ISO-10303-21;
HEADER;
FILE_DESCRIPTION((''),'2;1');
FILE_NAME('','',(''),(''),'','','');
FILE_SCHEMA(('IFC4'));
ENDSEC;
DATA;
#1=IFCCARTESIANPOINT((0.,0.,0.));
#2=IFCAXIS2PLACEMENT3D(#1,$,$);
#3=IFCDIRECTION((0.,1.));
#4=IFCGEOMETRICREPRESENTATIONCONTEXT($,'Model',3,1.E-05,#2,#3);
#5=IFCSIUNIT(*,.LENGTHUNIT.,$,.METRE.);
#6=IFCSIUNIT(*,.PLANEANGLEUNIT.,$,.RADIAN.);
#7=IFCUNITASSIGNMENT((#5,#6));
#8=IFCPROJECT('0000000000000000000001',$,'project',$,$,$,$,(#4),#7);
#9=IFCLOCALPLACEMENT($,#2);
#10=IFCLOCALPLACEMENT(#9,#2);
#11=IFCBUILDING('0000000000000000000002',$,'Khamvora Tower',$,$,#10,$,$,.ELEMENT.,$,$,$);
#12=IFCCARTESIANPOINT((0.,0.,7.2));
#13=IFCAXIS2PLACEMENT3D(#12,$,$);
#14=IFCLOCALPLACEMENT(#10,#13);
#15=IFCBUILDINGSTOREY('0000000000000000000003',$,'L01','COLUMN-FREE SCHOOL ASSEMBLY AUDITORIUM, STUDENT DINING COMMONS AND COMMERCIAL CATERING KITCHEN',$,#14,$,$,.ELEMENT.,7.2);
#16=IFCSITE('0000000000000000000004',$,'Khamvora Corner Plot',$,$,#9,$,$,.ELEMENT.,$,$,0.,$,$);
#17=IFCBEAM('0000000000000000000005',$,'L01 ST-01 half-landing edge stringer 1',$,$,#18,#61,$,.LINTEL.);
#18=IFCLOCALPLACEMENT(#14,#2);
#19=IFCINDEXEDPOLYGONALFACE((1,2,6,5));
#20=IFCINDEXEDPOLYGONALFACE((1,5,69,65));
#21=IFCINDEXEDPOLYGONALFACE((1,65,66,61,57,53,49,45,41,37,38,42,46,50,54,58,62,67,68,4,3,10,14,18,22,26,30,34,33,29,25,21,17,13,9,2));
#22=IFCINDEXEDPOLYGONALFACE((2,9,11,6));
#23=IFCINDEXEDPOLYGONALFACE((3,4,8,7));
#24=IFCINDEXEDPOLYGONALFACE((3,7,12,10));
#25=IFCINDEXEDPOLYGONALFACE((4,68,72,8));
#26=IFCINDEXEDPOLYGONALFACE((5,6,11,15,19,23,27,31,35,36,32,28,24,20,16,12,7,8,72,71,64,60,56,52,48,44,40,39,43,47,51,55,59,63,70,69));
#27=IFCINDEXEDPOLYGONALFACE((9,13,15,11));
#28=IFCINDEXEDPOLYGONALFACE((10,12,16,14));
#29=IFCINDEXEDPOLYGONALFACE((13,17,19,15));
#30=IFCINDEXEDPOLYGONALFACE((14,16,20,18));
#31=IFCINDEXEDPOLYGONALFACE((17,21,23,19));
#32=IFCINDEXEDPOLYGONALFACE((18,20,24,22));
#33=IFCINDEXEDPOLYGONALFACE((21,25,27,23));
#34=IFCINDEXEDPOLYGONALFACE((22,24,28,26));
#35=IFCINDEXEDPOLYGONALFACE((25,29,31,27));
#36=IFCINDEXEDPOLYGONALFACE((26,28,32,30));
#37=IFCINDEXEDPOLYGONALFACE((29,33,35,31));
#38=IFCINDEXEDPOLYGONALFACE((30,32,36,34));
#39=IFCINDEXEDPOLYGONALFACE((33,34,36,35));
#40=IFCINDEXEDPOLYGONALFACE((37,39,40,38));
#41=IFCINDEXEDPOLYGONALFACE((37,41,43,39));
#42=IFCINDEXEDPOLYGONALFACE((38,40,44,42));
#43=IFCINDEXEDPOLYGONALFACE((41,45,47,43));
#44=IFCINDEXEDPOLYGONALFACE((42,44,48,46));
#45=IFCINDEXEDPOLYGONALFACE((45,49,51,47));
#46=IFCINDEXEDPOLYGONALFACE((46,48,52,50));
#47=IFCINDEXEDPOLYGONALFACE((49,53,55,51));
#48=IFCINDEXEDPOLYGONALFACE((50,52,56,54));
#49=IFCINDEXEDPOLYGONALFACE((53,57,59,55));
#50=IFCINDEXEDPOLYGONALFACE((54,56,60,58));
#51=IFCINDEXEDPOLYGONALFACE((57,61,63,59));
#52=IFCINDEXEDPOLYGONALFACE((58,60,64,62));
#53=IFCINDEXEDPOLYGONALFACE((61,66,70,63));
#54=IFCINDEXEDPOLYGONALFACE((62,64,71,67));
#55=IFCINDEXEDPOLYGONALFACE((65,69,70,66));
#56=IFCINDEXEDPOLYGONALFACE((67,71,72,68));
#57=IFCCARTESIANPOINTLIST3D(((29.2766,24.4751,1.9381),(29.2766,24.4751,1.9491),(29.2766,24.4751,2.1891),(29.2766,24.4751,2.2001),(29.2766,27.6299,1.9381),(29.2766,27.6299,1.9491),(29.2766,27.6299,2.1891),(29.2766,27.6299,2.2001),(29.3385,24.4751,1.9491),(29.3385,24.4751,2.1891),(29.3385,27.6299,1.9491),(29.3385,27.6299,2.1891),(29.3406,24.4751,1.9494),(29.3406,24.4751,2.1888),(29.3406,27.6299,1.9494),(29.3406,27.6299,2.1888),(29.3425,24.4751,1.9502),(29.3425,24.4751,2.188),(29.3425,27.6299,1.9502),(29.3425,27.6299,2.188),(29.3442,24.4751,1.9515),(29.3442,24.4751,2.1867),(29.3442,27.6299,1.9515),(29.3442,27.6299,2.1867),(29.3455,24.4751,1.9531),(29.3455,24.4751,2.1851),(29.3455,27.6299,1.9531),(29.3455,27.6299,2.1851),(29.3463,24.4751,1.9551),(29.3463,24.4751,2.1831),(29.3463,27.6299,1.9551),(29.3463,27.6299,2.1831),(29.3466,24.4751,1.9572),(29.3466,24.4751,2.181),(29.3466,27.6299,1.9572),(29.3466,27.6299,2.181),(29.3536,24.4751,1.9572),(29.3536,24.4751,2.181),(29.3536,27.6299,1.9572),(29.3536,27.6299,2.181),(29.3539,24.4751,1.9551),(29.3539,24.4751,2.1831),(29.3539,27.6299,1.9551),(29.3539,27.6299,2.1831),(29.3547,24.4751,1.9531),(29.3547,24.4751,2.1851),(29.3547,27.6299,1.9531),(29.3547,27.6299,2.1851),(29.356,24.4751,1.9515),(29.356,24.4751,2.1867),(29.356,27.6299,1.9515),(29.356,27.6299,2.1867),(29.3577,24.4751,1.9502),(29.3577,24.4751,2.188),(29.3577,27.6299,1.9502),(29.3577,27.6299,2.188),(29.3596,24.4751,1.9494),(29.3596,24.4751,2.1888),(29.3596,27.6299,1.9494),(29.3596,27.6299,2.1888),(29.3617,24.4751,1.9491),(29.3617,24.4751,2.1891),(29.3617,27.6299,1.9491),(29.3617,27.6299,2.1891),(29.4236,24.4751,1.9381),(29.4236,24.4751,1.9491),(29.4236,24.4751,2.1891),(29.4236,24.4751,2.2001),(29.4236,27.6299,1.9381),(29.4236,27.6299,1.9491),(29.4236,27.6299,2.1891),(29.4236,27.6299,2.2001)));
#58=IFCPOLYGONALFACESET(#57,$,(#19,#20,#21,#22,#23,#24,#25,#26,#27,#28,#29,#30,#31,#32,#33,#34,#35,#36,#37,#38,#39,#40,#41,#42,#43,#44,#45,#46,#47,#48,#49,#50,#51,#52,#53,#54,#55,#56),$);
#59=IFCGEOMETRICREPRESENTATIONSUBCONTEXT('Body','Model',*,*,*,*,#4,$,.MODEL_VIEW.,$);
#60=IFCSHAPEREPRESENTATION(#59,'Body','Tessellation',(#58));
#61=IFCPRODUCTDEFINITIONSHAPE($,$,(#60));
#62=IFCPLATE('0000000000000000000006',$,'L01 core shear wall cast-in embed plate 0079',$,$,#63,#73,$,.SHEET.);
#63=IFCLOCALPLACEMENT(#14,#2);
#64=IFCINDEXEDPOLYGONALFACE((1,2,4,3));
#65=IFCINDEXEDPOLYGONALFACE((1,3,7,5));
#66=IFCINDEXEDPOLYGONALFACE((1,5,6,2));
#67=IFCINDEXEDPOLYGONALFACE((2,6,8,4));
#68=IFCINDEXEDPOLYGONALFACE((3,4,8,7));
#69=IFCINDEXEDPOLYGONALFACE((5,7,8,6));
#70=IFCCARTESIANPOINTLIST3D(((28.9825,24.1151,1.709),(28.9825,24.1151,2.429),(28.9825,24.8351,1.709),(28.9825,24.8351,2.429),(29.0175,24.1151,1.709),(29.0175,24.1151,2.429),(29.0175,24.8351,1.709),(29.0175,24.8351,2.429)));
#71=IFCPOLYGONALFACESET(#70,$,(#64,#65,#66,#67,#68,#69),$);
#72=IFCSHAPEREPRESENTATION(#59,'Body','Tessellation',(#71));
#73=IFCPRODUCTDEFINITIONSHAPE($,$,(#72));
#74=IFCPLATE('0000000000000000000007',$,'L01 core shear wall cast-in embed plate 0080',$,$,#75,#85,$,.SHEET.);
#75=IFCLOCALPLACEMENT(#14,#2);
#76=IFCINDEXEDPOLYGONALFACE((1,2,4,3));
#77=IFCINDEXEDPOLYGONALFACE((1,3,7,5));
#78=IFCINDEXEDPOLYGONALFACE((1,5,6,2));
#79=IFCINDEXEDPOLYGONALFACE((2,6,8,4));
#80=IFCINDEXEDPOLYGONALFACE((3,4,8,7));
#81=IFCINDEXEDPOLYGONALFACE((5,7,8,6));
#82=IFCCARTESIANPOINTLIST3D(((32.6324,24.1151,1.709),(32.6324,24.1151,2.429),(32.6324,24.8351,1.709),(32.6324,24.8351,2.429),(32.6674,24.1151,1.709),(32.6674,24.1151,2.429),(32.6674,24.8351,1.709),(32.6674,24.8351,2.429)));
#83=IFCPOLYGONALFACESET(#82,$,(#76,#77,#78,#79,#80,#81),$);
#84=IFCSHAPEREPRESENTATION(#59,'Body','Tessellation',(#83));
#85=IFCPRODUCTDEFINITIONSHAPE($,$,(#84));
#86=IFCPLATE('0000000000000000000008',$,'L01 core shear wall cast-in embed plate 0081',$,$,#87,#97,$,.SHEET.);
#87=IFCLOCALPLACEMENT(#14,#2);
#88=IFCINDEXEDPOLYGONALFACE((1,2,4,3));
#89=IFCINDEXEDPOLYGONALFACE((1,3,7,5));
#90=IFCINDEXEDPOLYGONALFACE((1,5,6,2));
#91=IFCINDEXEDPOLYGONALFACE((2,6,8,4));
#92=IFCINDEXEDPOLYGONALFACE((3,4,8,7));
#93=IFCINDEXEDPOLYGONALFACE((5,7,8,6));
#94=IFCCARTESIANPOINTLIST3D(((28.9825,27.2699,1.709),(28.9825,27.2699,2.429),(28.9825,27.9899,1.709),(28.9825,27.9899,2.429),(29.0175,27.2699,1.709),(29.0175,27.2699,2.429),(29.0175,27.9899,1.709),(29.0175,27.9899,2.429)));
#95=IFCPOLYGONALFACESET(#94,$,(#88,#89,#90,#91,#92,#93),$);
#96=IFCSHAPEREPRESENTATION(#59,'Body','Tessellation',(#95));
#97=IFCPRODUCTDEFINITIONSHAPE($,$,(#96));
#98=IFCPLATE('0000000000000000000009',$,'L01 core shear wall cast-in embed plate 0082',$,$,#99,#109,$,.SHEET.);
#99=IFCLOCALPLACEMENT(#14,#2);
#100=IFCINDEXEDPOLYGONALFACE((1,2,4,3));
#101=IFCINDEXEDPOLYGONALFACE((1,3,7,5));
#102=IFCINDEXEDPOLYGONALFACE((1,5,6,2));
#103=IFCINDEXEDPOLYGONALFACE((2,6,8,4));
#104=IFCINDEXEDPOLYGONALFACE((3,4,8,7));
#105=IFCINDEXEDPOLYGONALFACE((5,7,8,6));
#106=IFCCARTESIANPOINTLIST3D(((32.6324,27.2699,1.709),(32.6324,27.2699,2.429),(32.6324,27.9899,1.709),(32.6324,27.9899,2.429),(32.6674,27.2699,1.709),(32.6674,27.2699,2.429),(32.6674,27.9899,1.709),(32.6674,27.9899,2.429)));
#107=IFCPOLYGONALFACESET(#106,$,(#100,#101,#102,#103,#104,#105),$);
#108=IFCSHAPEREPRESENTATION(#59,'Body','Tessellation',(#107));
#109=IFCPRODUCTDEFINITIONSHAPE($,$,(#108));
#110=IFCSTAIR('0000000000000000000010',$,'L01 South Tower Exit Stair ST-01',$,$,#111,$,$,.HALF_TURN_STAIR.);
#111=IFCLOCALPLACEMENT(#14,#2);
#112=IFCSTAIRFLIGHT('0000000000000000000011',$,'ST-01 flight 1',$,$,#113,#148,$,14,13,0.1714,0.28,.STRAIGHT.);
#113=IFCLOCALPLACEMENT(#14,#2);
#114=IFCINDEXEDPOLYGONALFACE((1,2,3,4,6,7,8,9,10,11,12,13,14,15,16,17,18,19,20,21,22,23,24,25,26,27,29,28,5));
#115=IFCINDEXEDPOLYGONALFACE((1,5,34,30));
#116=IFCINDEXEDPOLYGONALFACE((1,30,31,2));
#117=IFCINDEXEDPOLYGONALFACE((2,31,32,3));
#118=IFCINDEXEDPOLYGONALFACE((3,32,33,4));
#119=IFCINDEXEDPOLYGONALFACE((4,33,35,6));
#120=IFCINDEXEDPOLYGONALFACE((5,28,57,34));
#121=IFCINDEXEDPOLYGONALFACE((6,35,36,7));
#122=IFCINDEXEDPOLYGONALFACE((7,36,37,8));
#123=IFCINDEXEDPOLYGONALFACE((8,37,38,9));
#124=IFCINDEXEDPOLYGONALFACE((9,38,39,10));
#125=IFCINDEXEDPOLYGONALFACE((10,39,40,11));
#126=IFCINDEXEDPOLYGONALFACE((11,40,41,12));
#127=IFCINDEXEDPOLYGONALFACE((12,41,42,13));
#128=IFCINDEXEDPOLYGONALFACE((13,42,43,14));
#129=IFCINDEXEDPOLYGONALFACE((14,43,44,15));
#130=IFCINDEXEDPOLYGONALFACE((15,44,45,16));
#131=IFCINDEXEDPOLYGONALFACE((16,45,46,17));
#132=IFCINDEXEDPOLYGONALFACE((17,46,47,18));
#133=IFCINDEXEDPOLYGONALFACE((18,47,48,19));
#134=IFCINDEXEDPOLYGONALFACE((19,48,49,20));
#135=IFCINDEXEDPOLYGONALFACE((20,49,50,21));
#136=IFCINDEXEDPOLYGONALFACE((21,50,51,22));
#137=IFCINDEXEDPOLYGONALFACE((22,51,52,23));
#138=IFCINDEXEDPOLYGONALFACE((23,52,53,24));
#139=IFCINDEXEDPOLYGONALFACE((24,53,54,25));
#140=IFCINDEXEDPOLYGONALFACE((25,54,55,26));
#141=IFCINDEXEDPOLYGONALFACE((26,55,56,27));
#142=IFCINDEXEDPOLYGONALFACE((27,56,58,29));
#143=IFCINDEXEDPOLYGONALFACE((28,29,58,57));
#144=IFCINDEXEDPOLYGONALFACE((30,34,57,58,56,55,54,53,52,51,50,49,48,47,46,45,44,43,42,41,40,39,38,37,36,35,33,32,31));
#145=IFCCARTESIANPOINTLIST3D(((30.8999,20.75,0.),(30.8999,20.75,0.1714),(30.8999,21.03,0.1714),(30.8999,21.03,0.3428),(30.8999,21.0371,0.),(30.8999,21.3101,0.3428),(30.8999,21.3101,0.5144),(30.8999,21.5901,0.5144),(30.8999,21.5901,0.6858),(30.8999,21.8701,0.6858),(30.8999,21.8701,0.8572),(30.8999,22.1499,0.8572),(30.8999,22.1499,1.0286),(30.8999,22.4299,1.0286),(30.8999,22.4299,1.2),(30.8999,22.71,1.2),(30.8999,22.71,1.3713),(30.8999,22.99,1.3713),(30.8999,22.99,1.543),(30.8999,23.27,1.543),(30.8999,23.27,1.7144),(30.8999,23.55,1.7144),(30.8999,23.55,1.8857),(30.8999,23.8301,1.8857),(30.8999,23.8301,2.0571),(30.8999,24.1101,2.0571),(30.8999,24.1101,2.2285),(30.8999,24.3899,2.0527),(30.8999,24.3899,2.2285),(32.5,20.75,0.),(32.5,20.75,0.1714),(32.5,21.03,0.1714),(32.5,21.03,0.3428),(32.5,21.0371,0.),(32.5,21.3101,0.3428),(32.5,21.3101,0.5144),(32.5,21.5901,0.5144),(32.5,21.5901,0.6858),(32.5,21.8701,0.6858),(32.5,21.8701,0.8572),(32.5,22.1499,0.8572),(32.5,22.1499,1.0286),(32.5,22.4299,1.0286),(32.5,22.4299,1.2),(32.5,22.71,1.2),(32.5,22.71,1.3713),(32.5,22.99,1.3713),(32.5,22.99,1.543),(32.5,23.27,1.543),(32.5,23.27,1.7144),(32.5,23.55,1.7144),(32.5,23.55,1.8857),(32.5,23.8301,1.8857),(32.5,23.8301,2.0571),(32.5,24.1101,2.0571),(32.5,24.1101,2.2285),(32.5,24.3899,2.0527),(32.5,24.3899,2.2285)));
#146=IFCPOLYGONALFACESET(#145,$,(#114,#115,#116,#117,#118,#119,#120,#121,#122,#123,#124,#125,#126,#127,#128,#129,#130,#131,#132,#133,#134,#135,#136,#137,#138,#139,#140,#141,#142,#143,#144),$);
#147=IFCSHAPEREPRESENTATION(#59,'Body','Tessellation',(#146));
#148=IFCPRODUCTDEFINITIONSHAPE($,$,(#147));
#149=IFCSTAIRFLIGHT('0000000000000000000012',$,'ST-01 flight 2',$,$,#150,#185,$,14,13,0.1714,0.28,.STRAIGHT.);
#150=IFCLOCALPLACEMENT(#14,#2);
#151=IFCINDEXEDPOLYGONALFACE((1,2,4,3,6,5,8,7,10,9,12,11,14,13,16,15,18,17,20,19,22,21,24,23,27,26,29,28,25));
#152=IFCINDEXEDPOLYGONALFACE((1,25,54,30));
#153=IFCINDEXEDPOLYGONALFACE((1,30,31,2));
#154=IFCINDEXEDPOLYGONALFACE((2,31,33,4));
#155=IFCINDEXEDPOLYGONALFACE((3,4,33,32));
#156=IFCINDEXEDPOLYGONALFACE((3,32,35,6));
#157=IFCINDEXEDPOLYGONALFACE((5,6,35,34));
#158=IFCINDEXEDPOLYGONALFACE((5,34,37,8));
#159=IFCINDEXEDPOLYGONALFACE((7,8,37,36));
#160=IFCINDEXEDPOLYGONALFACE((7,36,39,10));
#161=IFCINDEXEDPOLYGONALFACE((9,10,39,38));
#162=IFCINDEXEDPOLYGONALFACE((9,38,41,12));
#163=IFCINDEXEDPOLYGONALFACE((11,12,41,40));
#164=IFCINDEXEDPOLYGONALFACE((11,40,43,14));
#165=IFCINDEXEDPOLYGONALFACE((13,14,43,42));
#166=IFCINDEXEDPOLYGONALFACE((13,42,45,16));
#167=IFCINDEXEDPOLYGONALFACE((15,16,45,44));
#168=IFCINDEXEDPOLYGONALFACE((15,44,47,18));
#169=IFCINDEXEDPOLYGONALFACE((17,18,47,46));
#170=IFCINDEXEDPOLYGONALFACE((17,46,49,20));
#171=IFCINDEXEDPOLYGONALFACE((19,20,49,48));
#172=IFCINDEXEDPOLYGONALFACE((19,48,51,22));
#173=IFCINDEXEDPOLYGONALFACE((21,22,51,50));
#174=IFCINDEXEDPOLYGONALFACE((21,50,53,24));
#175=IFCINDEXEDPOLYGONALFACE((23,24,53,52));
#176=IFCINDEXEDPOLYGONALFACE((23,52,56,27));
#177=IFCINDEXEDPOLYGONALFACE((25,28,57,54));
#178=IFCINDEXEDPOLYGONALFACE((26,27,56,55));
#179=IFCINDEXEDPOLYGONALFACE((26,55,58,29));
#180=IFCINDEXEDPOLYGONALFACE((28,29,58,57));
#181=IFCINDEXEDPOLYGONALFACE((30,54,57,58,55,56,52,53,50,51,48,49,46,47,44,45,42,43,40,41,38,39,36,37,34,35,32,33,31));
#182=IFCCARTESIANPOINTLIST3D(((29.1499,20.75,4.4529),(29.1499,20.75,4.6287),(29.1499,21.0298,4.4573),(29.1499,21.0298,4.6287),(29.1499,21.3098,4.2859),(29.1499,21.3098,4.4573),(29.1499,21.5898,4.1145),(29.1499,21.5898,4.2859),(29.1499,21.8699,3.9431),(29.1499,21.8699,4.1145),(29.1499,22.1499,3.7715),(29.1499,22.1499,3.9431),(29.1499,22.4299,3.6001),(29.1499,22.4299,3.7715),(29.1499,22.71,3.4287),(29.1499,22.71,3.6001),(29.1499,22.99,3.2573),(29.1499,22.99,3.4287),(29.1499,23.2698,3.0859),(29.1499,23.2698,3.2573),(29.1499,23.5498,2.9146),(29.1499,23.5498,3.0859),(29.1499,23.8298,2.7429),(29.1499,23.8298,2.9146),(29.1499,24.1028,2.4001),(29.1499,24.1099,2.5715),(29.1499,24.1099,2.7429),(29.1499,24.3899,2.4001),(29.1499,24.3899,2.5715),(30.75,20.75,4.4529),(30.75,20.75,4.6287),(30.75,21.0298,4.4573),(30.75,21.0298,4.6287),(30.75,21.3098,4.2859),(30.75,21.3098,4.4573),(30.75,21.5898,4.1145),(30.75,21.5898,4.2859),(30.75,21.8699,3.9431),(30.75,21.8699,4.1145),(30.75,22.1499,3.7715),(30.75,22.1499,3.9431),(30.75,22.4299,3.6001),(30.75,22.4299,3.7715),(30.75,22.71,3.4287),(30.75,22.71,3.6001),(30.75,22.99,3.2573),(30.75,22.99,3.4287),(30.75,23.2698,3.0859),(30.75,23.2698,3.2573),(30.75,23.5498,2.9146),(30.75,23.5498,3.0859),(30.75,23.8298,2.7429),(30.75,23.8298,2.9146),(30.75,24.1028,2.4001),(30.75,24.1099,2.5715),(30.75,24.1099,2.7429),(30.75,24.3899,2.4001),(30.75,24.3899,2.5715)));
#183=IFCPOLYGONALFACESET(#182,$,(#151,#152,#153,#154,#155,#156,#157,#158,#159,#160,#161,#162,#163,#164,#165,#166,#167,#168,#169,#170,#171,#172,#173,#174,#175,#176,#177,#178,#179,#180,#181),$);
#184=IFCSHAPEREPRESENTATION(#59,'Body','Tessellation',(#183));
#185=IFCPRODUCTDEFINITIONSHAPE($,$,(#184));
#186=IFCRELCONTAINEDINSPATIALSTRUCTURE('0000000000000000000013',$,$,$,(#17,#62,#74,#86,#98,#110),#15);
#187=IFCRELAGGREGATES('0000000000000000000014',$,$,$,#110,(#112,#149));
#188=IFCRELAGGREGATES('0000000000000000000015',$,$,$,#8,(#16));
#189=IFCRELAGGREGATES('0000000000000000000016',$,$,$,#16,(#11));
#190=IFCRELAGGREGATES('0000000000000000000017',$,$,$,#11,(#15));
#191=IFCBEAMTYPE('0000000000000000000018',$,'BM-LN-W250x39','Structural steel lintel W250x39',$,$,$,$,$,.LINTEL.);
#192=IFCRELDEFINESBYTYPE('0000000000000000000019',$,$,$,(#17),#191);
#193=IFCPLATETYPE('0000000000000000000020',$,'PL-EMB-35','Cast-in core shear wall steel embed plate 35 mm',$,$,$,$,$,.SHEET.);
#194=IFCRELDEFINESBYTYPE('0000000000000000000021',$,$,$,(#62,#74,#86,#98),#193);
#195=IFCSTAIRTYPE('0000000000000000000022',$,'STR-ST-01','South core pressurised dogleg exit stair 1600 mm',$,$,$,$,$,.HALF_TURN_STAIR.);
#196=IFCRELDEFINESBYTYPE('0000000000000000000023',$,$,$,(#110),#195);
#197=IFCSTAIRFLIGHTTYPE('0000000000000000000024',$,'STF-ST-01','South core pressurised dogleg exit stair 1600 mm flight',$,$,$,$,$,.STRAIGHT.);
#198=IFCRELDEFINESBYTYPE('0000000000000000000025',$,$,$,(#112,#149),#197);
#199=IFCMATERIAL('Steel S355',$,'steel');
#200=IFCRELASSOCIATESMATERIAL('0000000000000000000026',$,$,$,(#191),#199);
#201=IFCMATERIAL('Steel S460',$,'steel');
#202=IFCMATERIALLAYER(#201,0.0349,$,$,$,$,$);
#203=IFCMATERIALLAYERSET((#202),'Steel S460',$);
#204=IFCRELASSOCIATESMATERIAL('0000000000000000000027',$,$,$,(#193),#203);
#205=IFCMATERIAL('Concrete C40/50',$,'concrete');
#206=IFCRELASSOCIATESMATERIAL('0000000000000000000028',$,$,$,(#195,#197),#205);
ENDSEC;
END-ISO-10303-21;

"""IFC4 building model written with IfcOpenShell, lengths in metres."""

from ifc_helpers import new_model, si_unit, direction, frame, origin, origin_2d, place, context, subcontext, project, spatial, polyline, rectangle, i_section, outline, extrude, material, layer, layer_set, material_profile, profile_set, type_object, element, aggregate, save


model = new_model("IFC4")

# Units and contexts
model_context = context("Model", 3, precision=1e-05, world=origin(), true_north=direction((0.0, 1.0)))
body_context = subcontext(model_context, "Body", "Model", "MODEL_VIEW")
ifc_project = project(units=[si_unit("LENGTHUNIT", "METRE"), si_unit("PLANEANGLEUNIT", "RADIAN")], contexts=[model_context])

# Site, building, storey
site_placement = place(None, origin())
site = spatial("IfcSite", under=ifc_project, at=site_placement, Name="Khamvora Corner Plot", CompositionType="ELEMENT", RefElevation=0.0)
building_placement = place(site_placement, origin())
building = spatial("IfcBuilding", under=site, at=building_placement, Name="Khamvora Tower", CompositionType="ELEMENT")
storey_placement = place(building_placement, frame((0.0, 0.0, 7.2)))
storey = spatial("IfcBuildingStorey", under=building, at=storey_placement, Name="L01", Description="COLUMN-FREE SCHOOL ASSEMBLY AUDITORIUM, STUDENT DINING COMMONS AND COMMERCIAL CATERING KITCHEN", CompositionType="ELEMENT", Elevation=7.2)

# Beam
ifc_material_1 = material(Name="Steel S355", Category="steel")
ifc_material_profile = material_profile(ifc_material_1, i_section(OverallWidth=0.147, OverallDepth=0.262, WebThickness=0.0071, FlangeThickness=0.011, FilletRadius=0.0081, at=origin_2d()), Name="W250x39")
ifc_profile_set = profile_set([ifc_material_profile], Name="Steel S355")
beam_type = type_object("IfcBeamType", Name="BM-LN-W250x39", Description="Structural steel lintel W250x39", PredefinedType="LINTEL", material=ifc_profile_set)
beam_placement = place(storey_placement, frame((29.3501, 24.4751, 2.0691), z_axis=(0.0, 1.0, 0.0), x_axis=(-1.0, 0.0, 0.0)))
element("IfcBeam", 1, at=beam_placement, inside=storey, type_object=beam_type, Name="L01 ST-01 half-landing edge stringer 1", PredefinedType="LINTEL", context=body_context, shape_type="SweptSolid", body=[
    extrude(i_section(OverallWidth=0.147, OverallDepth=0.262, WebThickness=0.0071, FlangeThickness=0.011, FilletRadius=0.0081, at=origin_2d()), origin(), (0.0, 0.0, 1.0), 3.1548),
])

# Plates
ifc_material_2 = material(Name="Steel S460", Category="steel")
ifc_layer_1 = layer(ifc_material_2, 0.0349)
ifc_layer_set_1 = layer_set([ifc_layer_1], Name="Steel S460")
plate_type = type_object("IfcPlateType", Name="PL-EMB-35", Description="Cast-in core shear wall steel embed plate 35 mm", PredefinedType="SHEET", material=ifc_layer_set_1)
for number, where, z_axis, x_axis, name in (
    (2, (29.0, 24.4751, 1.709), (0.0, 0.0, 1.0), (1.0, 0.0, 0.0), "L01 core shear wall cast-in embed plate 0079"),
    (3, (32.6499, 24.4751, 1.709), (0.0, 0.0, 1.0), (1.0, 0.0, 0.0), "L01 core shear wall cast-in embed plate 0080"),
    (4, (29.0, 27.6299, 1.709), (0.0, 0.0, 1.0), (1.0, 0.0, 0.0), "L01 core shear wall cast-in embed plate 0081"),
    (5, (32.6499, 27.6299, 1.709), (0.0, 0.0, 1.0), (1.0, 0.0, 0.0), "L01 core shear wall cast-in embed plate 0082"),
):
    element("IfcPlate", number, at=place(storey_placement, frame(where, z_axis=z_axis, x_axis=x_axis)), inside=storey, type_object=plate_type, Name=name, PredefinedType="SHEET", context=body_context, shape_type="SweptSolid", body=[
        extrude(rectangle(XDim=0.0349, YDim=0.72, at=origin_2d()), origin(), (0.0, 0.0, 1.0), 0.72),
    ])

# Stair, stair flights
ifc_material_3 = material(Name="Concrete C40/50", Category="concrete")
stair_type = type_object("IfcStairType", Name="STR-ST-01", Description="South core pressurised dogleg exit stair 1600 mm", PredefinedType="HALF_TURN_STAIR", material=ifc_material_3)
stair_placement = place(storey_placement, origin())
stair = element("IfcStair", 6, at=stair_placement, inside=storey, type_object=stair_type, Name="L01 South Tower Exit Stair ST-01", PredefinedType="HALF_TURN_STAIR")
stair_flight_type = type_object("IfcStairFlightType", Name="STF-ST-01", Description="South core pressurised dogleg exit stair 1600 mm flight", PredefinedType="STRAIGHT", material=ifc_material_3)
stair_flight_1_placement = place(storey_placement, frame((31.7, 20.75, 0.0), z_axis=(0.0, 0.0, 1.0), x_axis=(0.0, 1.0, 0.0)))
stair_flight_1 = element("IfcStairFlight", 7, at=stair_flight_1_placement, type_object=stair_flight_type, Name="ST-01 flight 1", NumberOfRisers=14, NumberOfTreads=13, PredefinedType="STRAIGHT", RiserHeight=0.1714, TreadLength=0.28, context=body_context, shape_type="SweptSolid", body=[
    extrude(outline(polyline([(0.0, 0.0), (0.0, 0.1714), (0.28, 0.1714), (0.28, 0.3428), (0.5601, 0.3428), (0.5601, 0.5144), (0.8401, 0.5144), (0.8401, 0.6858), (1.1201, 0.6858), (1.1201, 0.8572), (1.3999, 0.8572), (1.3999, 1.0286), (1.6799, 1.0286), (1.6799, 1.2), (1.96, 1.2), (1.96, 1.3713), (2.24, 1.3713), (2.24, 1.543), (2.52, 1.543), (2.52, 1.7144), (2.8, 1.7144), (2.8, 1.8857), (3.0801, 1.8857), (3.0801, 2.0571), (3.3601, 2.0571), (3.3601, 2.2285), (3.6399, 2.2285), (3.6399, 2.3999), (3.6399, 2.0527), (0.2871, 0.0), (0.0, 0.0)])), frame((0.0, 0.8, 0.0), z_axis=(0.0, -1.0, 0.0), x_axis=(1.0, 0.0, 0.0)), (0.0, 0.0, 1.0), 1.6001),
])
stair_flight_2_placement = place(storey_placement, frame((29.95, 24.3899, 2.4001), z_axis=(0.0, 0.0, 1.0), x_axis=(0.0, -1.0, 0.0)))
stair_flight_2 = element("IfcStairFlight", 8, at=stair_flight_2_placement, type_object=stair_flight_type, Name="ST-01 flight 2", NumberOfRisers=14, NumberOfTreads=13, PredefinedType="STRAIGHT", RiserHeight=0.1714, TreadLength=0.28, context=body_context, shape_type="SweptSolid", body=[
    extrude(outline(polyline([(0.0, 0.0), (0.0, 0.1714), (0.28, 0.1714), (0.28, 0.3428), (0.5601, 0.3428), (0.5601, 0.5144), (0.8401, 0.5144), (0.8401, 0.6858), (1.1201, 0.6858), (1.1201, 0.8572), (1.3999, 0.8572), (1.3999, 1.0286), (1.6799, 1.0286), (1.6799, 1.2), (1.96, 1.2), (1.96, 1.3713), (2.24, 1.3713), (2.24, 1.543), (2.52, 1.543), (2.52, 1.7144), (2.8, 1.7144), (2.8, 1.8857), (3.0801, 1.8857), (3.0801, 2.0571), (3.3601, 2.0571), (3.3601, 2.2285), (3.6399, 2.2285), (3.6399, 2.3999), (3.6399, 2.0527), (0.2871, 0.0), (0.0, 0.0)])), frame((0.0, 0.8, 0.0), z_axis=(0.0, -1.0, 0.0), x_axis=(1.0, 0.0, 0.0)), (0.0, 0.0, 1.0), 1.6001),
])
aggregate(stair, [stair_flight_1, stair_flight_2])

save(model, "model.ifc")
